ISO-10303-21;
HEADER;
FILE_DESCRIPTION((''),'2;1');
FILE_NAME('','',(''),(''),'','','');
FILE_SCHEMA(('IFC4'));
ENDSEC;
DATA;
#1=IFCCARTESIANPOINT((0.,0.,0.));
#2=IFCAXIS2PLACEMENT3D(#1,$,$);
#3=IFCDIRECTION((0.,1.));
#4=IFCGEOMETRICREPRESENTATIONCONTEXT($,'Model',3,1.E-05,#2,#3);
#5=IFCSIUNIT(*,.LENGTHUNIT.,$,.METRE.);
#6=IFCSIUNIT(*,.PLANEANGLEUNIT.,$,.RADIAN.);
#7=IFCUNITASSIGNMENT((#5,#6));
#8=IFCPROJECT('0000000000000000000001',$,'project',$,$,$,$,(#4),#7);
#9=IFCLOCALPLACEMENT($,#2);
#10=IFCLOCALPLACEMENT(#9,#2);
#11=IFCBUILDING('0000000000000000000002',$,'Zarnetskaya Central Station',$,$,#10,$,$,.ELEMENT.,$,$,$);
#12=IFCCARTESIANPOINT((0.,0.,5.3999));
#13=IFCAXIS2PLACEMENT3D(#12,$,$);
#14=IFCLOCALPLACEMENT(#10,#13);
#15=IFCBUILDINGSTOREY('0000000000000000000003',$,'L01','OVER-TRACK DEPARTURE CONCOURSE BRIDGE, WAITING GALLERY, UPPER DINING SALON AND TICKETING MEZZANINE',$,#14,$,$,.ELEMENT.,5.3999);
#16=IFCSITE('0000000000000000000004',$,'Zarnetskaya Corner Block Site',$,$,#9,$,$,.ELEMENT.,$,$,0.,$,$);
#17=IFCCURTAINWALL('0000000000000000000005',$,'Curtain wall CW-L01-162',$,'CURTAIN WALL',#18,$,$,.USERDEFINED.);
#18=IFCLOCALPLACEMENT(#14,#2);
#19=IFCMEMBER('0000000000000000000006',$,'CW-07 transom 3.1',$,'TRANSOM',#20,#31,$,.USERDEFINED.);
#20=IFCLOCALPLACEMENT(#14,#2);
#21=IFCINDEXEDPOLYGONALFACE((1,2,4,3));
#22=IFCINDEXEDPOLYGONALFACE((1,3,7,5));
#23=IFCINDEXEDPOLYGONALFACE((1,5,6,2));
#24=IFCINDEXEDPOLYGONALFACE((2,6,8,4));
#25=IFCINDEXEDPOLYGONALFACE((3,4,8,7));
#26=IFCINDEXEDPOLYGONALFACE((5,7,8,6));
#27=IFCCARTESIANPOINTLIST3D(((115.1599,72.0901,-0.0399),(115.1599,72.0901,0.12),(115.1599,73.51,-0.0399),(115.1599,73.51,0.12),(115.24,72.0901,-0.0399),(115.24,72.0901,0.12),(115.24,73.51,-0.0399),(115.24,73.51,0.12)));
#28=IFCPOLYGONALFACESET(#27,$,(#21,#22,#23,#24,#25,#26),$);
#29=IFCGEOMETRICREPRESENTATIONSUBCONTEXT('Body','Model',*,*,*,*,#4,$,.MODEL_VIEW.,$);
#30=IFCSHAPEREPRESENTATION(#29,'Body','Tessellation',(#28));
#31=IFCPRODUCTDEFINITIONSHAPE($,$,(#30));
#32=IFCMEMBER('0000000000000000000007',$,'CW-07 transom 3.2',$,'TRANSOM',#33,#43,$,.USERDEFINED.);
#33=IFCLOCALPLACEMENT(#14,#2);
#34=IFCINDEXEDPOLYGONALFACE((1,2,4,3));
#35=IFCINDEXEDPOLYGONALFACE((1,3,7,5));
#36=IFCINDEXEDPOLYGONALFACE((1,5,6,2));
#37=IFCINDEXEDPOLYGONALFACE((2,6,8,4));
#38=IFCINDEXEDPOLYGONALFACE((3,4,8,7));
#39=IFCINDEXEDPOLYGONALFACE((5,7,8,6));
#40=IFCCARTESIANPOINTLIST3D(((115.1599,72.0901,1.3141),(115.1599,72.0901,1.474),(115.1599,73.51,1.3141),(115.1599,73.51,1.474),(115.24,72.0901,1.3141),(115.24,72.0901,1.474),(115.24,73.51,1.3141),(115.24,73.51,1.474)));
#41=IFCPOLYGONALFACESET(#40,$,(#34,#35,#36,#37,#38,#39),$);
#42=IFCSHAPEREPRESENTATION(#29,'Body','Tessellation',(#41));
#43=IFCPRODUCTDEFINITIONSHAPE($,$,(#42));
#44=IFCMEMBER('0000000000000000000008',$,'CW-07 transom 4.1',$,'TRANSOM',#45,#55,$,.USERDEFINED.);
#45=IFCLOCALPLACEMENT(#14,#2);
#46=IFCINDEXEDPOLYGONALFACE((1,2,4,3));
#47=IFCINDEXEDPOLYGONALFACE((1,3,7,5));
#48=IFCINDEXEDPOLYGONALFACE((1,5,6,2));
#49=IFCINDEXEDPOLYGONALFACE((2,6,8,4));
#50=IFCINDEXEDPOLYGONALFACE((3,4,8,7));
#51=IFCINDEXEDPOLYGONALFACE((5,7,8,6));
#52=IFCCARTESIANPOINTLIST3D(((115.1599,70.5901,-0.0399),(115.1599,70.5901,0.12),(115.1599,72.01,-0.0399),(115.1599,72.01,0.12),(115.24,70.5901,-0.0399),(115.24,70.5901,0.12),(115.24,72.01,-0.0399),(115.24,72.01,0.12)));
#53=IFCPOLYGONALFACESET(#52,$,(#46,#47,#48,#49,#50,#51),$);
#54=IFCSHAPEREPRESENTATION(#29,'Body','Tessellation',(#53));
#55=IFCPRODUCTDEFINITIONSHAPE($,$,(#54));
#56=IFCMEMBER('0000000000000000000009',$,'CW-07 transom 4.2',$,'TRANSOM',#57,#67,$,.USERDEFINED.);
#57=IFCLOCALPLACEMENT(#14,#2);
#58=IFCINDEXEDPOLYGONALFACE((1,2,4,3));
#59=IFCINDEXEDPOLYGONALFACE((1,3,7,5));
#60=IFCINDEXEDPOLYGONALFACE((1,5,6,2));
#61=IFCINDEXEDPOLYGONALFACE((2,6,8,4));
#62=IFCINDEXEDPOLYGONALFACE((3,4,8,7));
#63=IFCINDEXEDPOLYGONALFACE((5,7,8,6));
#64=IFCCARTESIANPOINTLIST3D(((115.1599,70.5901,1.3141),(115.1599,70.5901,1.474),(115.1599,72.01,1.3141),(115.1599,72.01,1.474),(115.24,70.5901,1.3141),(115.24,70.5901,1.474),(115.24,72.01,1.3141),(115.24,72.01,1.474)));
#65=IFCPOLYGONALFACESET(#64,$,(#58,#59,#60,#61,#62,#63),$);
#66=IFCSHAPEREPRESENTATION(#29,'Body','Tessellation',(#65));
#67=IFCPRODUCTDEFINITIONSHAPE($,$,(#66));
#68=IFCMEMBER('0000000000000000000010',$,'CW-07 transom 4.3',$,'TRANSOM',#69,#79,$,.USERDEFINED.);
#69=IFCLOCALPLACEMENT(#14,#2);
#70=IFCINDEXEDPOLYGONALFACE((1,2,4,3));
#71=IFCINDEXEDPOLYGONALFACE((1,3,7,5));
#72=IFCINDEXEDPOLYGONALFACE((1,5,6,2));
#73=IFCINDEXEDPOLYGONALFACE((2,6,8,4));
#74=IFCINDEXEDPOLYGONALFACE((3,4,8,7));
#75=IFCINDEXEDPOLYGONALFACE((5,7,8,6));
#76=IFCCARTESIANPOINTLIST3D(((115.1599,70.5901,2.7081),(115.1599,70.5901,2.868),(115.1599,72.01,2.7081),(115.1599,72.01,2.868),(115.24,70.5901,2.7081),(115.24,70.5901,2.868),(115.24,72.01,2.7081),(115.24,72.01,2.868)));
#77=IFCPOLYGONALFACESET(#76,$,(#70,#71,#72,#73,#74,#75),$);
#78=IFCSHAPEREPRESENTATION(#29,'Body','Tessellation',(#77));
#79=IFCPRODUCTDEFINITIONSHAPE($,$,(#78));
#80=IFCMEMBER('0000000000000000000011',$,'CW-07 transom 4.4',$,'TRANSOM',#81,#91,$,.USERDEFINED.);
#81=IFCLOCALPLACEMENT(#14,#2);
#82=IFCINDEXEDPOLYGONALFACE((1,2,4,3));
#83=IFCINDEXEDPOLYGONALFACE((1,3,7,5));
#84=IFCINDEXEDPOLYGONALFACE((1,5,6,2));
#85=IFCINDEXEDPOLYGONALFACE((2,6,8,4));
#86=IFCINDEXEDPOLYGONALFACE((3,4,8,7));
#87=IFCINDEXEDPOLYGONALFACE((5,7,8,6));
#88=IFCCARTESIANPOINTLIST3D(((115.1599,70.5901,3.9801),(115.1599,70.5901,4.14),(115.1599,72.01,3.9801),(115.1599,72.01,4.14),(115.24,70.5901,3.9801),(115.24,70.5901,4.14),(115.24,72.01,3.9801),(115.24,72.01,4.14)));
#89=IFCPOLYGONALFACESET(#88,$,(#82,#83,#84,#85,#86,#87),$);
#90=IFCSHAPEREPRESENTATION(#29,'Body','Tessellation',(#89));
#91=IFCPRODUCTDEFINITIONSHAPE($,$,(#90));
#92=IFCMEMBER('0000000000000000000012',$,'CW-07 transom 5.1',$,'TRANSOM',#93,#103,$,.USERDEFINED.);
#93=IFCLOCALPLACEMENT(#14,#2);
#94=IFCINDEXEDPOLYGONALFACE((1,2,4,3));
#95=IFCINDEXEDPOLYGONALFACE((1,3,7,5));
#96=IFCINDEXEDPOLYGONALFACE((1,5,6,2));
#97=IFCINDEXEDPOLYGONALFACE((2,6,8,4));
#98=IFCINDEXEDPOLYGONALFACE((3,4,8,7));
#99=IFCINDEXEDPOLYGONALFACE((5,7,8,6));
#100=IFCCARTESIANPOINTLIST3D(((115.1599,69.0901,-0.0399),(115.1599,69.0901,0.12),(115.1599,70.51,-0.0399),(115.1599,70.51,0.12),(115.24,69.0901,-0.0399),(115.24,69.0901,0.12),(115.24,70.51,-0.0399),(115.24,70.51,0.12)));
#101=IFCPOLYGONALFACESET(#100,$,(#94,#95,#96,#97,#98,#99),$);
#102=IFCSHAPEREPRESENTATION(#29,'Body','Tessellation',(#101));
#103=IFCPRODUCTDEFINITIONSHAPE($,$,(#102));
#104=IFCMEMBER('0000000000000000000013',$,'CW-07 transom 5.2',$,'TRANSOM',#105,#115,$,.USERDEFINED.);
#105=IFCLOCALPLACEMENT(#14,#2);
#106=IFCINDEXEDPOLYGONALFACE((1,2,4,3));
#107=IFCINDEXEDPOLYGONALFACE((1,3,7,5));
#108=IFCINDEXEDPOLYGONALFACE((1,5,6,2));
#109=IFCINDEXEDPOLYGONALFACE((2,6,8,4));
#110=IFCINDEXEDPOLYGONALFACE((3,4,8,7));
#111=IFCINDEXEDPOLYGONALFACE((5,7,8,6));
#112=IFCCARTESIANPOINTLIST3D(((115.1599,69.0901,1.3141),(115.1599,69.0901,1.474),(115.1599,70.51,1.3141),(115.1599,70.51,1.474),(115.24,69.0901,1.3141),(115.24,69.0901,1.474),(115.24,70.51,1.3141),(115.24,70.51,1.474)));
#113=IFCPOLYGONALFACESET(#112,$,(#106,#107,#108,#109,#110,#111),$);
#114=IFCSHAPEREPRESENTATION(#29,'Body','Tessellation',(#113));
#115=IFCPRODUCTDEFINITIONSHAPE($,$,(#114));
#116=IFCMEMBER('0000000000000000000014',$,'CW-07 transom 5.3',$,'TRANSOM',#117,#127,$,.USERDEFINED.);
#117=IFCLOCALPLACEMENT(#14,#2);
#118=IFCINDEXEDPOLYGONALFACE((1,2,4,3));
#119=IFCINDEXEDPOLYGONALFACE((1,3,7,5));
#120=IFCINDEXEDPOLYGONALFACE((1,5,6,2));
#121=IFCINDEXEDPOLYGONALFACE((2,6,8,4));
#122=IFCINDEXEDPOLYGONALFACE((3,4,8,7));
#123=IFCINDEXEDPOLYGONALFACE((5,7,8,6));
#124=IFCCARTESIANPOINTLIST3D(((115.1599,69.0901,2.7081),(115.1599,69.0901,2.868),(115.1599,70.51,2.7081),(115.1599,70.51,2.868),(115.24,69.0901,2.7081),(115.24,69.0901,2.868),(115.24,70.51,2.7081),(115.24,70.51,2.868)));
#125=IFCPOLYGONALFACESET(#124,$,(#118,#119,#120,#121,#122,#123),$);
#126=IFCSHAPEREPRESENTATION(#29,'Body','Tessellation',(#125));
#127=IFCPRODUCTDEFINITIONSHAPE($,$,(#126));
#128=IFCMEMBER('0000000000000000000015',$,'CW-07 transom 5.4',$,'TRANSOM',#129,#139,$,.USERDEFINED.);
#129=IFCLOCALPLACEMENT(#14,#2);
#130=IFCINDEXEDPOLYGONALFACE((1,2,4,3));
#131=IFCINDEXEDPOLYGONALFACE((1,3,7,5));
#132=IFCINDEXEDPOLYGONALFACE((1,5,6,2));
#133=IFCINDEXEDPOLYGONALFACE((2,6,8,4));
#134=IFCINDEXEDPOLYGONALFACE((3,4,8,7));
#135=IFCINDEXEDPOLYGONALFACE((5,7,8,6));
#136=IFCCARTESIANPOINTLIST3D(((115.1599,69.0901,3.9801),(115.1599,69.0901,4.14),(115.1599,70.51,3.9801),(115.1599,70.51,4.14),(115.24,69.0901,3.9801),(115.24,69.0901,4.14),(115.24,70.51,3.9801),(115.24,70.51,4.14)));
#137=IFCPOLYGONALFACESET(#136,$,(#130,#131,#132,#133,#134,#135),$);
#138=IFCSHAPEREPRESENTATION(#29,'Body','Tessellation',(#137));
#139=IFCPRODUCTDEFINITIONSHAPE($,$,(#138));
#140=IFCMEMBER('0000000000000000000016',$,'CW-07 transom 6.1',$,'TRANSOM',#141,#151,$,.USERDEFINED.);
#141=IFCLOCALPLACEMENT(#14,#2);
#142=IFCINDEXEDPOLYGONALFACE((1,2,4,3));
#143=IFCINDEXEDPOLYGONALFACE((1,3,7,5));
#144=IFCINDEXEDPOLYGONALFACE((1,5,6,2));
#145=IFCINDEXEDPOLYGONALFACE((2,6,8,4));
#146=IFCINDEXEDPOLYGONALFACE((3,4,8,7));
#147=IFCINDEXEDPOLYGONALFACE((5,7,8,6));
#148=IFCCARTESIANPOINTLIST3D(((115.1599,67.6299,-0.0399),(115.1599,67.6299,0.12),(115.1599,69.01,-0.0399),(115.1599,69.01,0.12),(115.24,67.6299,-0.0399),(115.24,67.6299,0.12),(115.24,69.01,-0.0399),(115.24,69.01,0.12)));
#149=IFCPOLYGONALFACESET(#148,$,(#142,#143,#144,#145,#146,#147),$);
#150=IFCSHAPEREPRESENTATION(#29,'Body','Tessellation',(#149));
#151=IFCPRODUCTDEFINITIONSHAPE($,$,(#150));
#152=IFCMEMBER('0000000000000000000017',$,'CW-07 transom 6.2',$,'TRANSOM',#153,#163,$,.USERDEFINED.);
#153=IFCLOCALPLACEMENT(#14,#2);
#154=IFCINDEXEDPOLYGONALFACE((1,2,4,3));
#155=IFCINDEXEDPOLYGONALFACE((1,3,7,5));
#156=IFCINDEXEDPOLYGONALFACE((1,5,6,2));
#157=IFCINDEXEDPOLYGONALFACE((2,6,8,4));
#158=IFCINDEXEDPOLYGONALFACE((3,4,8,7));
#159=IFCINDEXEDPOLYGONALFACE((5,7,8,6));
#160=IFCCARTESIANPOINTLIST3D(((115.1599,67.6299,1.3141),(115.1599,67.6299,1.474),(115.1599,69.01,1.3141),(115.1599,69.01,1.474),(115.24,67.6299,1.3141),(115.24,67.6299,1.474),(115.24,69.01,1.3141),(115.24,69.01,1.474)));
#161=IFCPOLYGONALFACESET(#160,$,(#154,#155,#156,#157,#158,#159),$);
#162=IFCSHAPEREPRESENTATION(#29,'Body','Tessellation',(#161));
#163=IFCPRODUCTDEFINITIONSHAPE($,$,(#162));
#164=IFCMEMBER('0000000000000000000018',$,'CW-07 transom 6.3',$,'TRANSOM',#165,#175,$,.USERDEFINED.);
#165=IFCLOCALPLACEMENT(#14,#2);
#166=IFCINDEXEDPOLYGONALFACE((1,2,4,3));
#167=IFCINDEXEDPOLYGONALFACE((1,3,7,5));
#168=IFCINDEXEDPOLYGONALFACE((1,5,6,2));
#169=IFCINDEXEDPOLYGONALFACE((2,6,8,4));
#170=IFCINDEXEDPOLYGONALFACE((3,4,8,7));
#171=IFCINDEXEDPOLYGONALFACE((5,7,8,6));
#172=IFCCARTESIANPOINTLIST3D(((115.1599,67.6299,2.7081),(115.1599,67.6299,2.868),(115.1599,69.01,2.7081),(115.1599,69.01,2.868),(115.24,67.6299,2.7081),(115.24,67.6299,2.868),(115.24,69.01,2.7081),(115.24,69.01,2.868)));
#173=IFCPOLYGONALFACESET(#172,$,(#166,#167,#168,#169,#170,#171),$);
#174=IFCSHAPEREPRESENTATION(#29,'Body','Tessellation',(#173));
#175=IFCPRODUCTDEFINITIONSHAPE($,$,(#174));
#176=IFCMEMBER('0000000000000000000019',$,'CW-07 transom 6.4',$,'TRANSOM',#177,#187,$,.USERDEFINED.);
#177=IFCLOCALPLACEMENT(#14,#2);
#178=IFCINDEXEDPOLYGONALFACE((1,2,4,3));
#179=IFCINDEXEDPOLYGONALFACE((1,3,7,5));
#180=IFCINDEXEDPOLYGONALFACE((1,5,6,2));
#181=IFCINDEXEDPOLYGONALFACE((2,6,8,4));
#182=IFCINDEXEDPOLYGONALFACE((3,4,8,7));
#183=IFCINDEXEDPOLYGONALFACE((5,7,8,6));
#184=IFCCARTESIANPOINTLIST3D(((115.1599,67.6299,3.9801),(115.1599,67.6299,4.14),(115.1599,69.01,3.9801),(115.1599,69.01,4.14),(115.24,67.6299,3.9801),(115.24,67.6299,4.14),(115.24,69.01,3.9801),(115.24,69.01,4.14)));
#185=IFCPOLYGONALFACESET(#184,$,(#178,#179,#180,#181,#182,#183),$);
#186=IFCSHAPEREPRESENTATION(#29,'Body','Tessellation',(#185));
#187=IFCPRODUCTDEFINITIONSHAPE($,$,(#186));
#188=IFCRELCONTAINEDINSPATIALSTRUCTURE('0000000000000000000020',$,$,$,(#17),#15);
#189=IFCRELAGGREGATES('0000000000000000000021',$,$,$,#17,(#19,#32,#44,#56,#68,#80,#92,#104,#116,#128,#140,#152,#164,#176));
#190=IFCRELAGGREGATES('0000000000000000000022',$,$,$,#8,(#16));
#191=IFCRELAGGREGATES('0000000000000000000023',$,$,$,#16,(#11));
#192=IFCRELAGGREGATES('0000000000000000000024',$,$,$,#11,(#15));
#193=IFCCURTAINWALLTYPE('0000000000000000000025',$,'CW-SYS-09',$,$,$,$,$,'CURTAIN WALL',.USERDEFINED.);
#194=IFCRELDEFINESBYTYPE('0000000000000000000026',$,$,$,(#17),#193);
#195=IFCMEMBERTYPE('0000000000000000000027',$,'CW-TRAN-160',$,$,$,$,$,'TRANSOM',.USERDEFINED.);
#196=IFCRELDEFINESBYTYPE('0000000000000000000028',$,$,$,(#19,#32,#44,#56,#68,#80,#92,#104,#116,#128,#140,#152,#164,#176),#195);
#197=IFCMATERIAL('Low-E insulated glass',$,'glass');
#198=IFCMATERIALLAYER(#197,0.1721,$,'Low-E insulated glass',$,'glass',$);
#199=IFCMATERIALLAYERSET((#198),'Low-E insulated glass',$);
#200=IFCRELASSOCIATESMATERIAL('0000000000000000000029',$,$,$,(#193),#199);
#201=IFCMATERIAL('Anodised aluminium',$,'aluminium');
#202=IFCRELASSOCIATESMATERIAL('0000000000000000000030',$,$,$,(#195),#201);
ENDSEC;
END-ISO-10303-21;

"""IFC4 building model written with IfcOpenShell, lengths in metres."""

from ifc_helpers import new_model, si_unit, direction, frame, origin, origin_2d, place, context, subcontext, project, spatial, rectangle, extrude, material, layer, layer_set, material_profile, profile_set, type_object, element, aggregate, save


model = new_model("IFC4")

# Units and contexts
model_context = context("Model", 3, precision=1e-05, world=origin(), true_north=direction((0.0, 1.0)))
body_context = subcontext(model_context, "Body", "Model", "MODEL_VIEW")
ifc_project = project(units=[si_unit("LENGTHUNIT", "METRE"), si_unit("PLANEANGLEUNIT", "RADIAN")], contexts=[model_context])

# Site, building, storey
site_placement = place(None, origin())
site = spatial("IfcSite", under=ifc_project, at=site_placement, Name="Zarnetskaya Corner Block Site", CompositionType="ELEMENT", RefElevation=0.0)
building_placement = place(site_placement, origin())
building = spatial("IfcBuilding", under=site, at=building_placement, Name="Zarnetskaya Central Station", CompositionType="ELEMENT")
storey_placement = place(building_placement, frame((0.0, 0.0, 5.3999)))
storey = spatial("IfcBuildingStorey", under=building, at=storey_placement, Name="L01", Description="OVER-TRACK DEPARTURE CONCOURSE BRIDGE, WAITING GALLERY, UPPER DINING SALON AND TICKETING MEZZANINE", CompositionType="ELEMENT", Elevation=5.3999)

# Curtain wall, members
ifc_material_1 = material(Name="Low-E insulated glass", Category="glass")
ifc_layer_1 = layer(ifc_material_1, 0.1721, Name="Low-E insulated glass", Category="glass")
ifc_layer_set_1 = layer_set([ifc_layer_1], Name="Low-E insulated glass")
curtain_wall_type = type_object("IfcCurtainWallType", Name="CW-SYS-09", ElementType="CURTAIN WALL", PredefinedType="USERDEFINED", material=ifc_layer_set_1)
curtain_wall_placement = place(storey_placement, origin())
curtain_wall = element("IfcCurtainWall", 1, at=curtain_wall_placement, inside=storey, type_object=curtain_wall_type, Name="Curtain wall CW-L01-162", ObjectType="CURTAIN WALL", PredefinedType="USERDEFINED")
ifc_material_2 = material(Name="Anodised aluminium", Category="aluminium")
ifc_material_profile_1 = material_profile(ifc_material_2, rectangle(XDim=0.0801, YDim=0.1599, at=origin_2d()), Name="ALU TRAN 80x160")
ifc_profile_set_1 = profile_set([ifc_material_profile_1], Name="Anodised aluminium")
member_type_1 = type_object("IfcMemberType", Name="CW-TRAN-160", ElementType="TRANSOM", PredefinedType="USERDEFINED", material=ifc_profile_set_1)
member_1_placement = place(storey_placement, frame((115.2, 73.51, 0.04), z_axis=(0.0, -1.0, 0.0), x_axis=(1.0, 0.0, 0.0)))
member_1 = element("IfcMember", 2, at=member_1_placement, type_object=member_type_1, Name="CW-07 transom 3.1", ObjectType="TRANSOM", PredefinedType="USERDEFINED", context=body_context, shape_type="SweptSolid", body=[
    extrude(rectangle(XDim=0.0801, YDim=0.1599, at=origin_2d()), origin(), (0.0, 0.0, 1.0), 1.4199),
])
member_2_placement = place(storey_placement, frame((115.2, 73.51, 1.394), z_axis=(0.0, -1.0, 0.0), x_axis=(1.0, 0.0, 0.0)))
member_2 = element("IfcMember", 3, at=member_2_placement, type_object=member_type_1, Name="CW-07 transom 3.2", ObjectType="TRANSOM", PredefinedType="USERDEFINED", context=body_context, shape_type="SweptSolid", body=[
    extrude(rectangle(XDim=0.0801, YDim=0.1599, at=origin_2d()), origin(), (0.0, 0.0, 1.0), 1.4199),
])
member_3_placement = place(storey_placement, frame((115.2, 72.01, 0.04), z_axis=(0.0, -1.0, 0.0), x_axis=(1.0, 0.0, 0.0)))
member_3 = element("IfcMember", 4, at=member_3_placement, type_object=member_type_1, Name="CW-07 transom 4.1", ObjectType="TRANSOM", PredefinedType="USERDEFINED", context=body_context, shape_type="SweptSolid", body=[
    extrude(rectangle(XDim=0.0801, YDim=0.1599, at=origin_2d()), origin(), (0.0, 0.0, 1.0), 1.4199),
])
member_4_placement = place(storey_placement, frame((115.2, 72.01, 1.394), z_axis=(0.0, -1.0, 0.0), x_axis=(1.0, 0.0, 0.0)))
member_4 = element("IfcMember", 5, at=member_4_placement, type_object=member_type_1, Name="CW-07 transom 4.2", ObjectType="TRANSOM", PredefinedType="USERDEFINED", context=body_context, shape_type="SweptSolid", body=[
    extrude(rectangle(XDim=0.0801, YDim=0.1599, at=origin_2d()), origin(), (0.0, 0.0, 1.0), 1.4199),
])
member_5_placement = place(storey_placement, frame((115.2, 72.01, 2.7881), z_axis=(0.0, -1.0, 0.0), x_axis=(1.0, 0.0, 0.0)))
member_5 = element("IfcMember", 6, at=member_5_placement, type_object=member_type_1, Name="CW-07 transom 4.3", ObjectType="TRANSOM", PredefinedType="USERDEFINED", context=body_context, shape_type="SweptSolid", body=[
    extrude(rectangle(XDim=0.0801, YDim=0.1599, at=origin_2d()), origin(), (0.0, 0.0, 1.0), 1.4199),
])
member_6_placement = place(storey_placement, frame((115.2, 72.01, 4.0601), z_axis=(0.0, -1.0, 0.0), x_axis=(1.0, 0.0, 0.0)))
member_6 = element("IfcMember", 7, at=member_6_placement, type_object=member_type_1, Name="CW-07 transom 4.4", ObjectType="TRANSOM", PredefinedType="USERDEFINED", context=body_context, shape_type="SweptSolid", body=[
    extrude(rectangle(XDim=0.0801, YDim=0.1599, at=origin_2d()), origin(), (0.0, 0.0, 1.0), 1.4199),
])
member_7_placement = place(storey_placement, frame((115.2, 70.51, 0.04), z_axis=(0.0, -1.0, 0.0), x_axis=(1.0, 0.0, 0.0)))
member_7 = element("IfcMember", 8, at=member_7_placement, type_object=member_type_1, Name="CW-07 transom 5.1", ObjectType="TRANSOM", PredefinedType="USERDEFINED", context=body_context, shape_type="SweptSolid", body=[
    extrude(rectangle(XDim=0.0801, YDim=0.1599, at=origin_2d()), origin(), (0.0, 0.0, 1.0), 1.4199),
])
member_8_placement = place(storey_placement, frame((115.2, 70.51, 1.394), z_axis=(0.0, -1.0, 0.0), x_axis=(1.0, 0.0, 0.0)))
member_8 = element("IfcMember", 9, at=member_8_placement, type_object=member_type_1, Name="CW-07 transom 5.2", ObjectType="TRANSOM", PredefinedType="USERDEFINED", context=body_context, shape_type="SweptSolid", body=[
    extrude(rectangle(XDim=0.0801, YDim=0.1599, at=origin_2d()), origin(), (0.0, 0.0, 1.0), 1.4199),
])
member_9_placement = place(storey_placement, frame((115.2, 70.51, 2.7881), z_axis=(0.0, -1.0, 0.0), x_axis=(1.0, 0.0, 0.0)))
member_9 = element("IfcMember", 10, at=member_9_placement, type_object=member_type_1, Name="CW-07 transom 5.3", ObjectType="TRANSOM", PredefinedType="USERDEFINED", context=body_context, shape_type="SweptSolid", body=[
    extrude(rectangle(XDim=0.0801, YDim=0.1599, at=origin_2d()), origin(), (0.0, 0.0, 1.0), 1.4199),
])
member_10_placement = place(storey_placement, frame((115.2, 70.51, 4.0601), z_axis=(0.0, -1.0, 0.0), x_axis=(1.0, 0.0, 0.0)))
member_10 = element("IfcMember", 11, at=member_10_placement, type_object=member_type_1, Name="CW-07 transom 5.4", ObjectType="TRANSOM", PredefinedType="USERDEFINED", context=body_context, shape_type="SweptSolid", body=[
    extrude(rectangle(XDim=0.0801, YDim=0.1599, at=origin_2d()), origin(), (0.0, 0.0, 1.0), 1.4199),
])
member_11_placement = place(storey_placement, frame((115.2, 69.01, 0.04), z_axis=(0.0, -1.0, 0.0), x_axis=(1.0, 0.0, 0.0)))
member_11 = element("IfcMember", 12, at=member_11_placement, type_object=member_type_1, Name="CW-07 transom 6.1", ObjectType="TRANSOM", PredefinedType="USERDEFINED", context=body_context, shape_type="SweptSolid", body=[
    extrude(rectangle(XDim=0.0801, YDim=0.1599, at=origin_2d()), origin(), (0.0, 0.0, 1.0), 1.3801),
])
member_12_placement = place(storey_placement, frame((115.2, 69.01, 1.394), z_axis=(0.0, -1.0, 0.0), x_axis=(1.0, 0.0, 0.0)))
member_12 = element("IfcMember", 13, at=member_12_placement, type_object=member_type_1, Name="CW-07 transom 6.2", ObjectType="TRANSOM", PredefinedType="USERDEFINED", context=body_context, shape_type="SweptSolid", body=[
    extrude(rectangle(XDim=0.0801, YDim=0.1599, at=origin_2d()), origin(), (0.0, 0.0, 1.0), 1.3801),
])
member_13_placement = place(storey_placement, frame((115.2, 69.01, 2.7881), z_axis=(0.0, -1.0, 0.0), x_axis=(1.0, 0.0, 0.0)))
member_13 = element("IfcMember", 14, at=member_13_placement, type_object=member_type_1, Name="CW-07 transom 6.3", ObjectType="TRANSOM", PredefinedType="USERDEFINED", context=body_context, shape_type="SweptSolid", body=[
    extrude(rectangle(XDim=0.0801, YDim=0.1599, at=origin_2d()), origin(), (0.0, 0.0, 1.0), 1.3801),
])
member_14_placement = place(storey_placement, frame((115.2, 69.01, 4.0601), z_axis=(0.0, -1.0, 0.0), x_axis=(1.0, 0.0, 0.0)))
member_14 = element("IfcMember", 15, at=member_14_placement, type_object=member_type_1, Name="CW-07 transom 6.4", ObjectType="TRANSOM", PredefinedType="USERDEFINED", context=body_context, shape_type="SweptSolid", body=[
    extrude(rectangle(XDim=0.0801, YDim=0.1599, at=origin_2d()), origin(), (0.0, 0.0, 1.0), 1.3801),
])

aggregate(curtain_wall, [member_1, member_2, member_3, member_4, member_5, member_6, member_7, member_8, member_9, member_10, member_11, member_12, member_13, member_14])

save(model, "model.ifc")
